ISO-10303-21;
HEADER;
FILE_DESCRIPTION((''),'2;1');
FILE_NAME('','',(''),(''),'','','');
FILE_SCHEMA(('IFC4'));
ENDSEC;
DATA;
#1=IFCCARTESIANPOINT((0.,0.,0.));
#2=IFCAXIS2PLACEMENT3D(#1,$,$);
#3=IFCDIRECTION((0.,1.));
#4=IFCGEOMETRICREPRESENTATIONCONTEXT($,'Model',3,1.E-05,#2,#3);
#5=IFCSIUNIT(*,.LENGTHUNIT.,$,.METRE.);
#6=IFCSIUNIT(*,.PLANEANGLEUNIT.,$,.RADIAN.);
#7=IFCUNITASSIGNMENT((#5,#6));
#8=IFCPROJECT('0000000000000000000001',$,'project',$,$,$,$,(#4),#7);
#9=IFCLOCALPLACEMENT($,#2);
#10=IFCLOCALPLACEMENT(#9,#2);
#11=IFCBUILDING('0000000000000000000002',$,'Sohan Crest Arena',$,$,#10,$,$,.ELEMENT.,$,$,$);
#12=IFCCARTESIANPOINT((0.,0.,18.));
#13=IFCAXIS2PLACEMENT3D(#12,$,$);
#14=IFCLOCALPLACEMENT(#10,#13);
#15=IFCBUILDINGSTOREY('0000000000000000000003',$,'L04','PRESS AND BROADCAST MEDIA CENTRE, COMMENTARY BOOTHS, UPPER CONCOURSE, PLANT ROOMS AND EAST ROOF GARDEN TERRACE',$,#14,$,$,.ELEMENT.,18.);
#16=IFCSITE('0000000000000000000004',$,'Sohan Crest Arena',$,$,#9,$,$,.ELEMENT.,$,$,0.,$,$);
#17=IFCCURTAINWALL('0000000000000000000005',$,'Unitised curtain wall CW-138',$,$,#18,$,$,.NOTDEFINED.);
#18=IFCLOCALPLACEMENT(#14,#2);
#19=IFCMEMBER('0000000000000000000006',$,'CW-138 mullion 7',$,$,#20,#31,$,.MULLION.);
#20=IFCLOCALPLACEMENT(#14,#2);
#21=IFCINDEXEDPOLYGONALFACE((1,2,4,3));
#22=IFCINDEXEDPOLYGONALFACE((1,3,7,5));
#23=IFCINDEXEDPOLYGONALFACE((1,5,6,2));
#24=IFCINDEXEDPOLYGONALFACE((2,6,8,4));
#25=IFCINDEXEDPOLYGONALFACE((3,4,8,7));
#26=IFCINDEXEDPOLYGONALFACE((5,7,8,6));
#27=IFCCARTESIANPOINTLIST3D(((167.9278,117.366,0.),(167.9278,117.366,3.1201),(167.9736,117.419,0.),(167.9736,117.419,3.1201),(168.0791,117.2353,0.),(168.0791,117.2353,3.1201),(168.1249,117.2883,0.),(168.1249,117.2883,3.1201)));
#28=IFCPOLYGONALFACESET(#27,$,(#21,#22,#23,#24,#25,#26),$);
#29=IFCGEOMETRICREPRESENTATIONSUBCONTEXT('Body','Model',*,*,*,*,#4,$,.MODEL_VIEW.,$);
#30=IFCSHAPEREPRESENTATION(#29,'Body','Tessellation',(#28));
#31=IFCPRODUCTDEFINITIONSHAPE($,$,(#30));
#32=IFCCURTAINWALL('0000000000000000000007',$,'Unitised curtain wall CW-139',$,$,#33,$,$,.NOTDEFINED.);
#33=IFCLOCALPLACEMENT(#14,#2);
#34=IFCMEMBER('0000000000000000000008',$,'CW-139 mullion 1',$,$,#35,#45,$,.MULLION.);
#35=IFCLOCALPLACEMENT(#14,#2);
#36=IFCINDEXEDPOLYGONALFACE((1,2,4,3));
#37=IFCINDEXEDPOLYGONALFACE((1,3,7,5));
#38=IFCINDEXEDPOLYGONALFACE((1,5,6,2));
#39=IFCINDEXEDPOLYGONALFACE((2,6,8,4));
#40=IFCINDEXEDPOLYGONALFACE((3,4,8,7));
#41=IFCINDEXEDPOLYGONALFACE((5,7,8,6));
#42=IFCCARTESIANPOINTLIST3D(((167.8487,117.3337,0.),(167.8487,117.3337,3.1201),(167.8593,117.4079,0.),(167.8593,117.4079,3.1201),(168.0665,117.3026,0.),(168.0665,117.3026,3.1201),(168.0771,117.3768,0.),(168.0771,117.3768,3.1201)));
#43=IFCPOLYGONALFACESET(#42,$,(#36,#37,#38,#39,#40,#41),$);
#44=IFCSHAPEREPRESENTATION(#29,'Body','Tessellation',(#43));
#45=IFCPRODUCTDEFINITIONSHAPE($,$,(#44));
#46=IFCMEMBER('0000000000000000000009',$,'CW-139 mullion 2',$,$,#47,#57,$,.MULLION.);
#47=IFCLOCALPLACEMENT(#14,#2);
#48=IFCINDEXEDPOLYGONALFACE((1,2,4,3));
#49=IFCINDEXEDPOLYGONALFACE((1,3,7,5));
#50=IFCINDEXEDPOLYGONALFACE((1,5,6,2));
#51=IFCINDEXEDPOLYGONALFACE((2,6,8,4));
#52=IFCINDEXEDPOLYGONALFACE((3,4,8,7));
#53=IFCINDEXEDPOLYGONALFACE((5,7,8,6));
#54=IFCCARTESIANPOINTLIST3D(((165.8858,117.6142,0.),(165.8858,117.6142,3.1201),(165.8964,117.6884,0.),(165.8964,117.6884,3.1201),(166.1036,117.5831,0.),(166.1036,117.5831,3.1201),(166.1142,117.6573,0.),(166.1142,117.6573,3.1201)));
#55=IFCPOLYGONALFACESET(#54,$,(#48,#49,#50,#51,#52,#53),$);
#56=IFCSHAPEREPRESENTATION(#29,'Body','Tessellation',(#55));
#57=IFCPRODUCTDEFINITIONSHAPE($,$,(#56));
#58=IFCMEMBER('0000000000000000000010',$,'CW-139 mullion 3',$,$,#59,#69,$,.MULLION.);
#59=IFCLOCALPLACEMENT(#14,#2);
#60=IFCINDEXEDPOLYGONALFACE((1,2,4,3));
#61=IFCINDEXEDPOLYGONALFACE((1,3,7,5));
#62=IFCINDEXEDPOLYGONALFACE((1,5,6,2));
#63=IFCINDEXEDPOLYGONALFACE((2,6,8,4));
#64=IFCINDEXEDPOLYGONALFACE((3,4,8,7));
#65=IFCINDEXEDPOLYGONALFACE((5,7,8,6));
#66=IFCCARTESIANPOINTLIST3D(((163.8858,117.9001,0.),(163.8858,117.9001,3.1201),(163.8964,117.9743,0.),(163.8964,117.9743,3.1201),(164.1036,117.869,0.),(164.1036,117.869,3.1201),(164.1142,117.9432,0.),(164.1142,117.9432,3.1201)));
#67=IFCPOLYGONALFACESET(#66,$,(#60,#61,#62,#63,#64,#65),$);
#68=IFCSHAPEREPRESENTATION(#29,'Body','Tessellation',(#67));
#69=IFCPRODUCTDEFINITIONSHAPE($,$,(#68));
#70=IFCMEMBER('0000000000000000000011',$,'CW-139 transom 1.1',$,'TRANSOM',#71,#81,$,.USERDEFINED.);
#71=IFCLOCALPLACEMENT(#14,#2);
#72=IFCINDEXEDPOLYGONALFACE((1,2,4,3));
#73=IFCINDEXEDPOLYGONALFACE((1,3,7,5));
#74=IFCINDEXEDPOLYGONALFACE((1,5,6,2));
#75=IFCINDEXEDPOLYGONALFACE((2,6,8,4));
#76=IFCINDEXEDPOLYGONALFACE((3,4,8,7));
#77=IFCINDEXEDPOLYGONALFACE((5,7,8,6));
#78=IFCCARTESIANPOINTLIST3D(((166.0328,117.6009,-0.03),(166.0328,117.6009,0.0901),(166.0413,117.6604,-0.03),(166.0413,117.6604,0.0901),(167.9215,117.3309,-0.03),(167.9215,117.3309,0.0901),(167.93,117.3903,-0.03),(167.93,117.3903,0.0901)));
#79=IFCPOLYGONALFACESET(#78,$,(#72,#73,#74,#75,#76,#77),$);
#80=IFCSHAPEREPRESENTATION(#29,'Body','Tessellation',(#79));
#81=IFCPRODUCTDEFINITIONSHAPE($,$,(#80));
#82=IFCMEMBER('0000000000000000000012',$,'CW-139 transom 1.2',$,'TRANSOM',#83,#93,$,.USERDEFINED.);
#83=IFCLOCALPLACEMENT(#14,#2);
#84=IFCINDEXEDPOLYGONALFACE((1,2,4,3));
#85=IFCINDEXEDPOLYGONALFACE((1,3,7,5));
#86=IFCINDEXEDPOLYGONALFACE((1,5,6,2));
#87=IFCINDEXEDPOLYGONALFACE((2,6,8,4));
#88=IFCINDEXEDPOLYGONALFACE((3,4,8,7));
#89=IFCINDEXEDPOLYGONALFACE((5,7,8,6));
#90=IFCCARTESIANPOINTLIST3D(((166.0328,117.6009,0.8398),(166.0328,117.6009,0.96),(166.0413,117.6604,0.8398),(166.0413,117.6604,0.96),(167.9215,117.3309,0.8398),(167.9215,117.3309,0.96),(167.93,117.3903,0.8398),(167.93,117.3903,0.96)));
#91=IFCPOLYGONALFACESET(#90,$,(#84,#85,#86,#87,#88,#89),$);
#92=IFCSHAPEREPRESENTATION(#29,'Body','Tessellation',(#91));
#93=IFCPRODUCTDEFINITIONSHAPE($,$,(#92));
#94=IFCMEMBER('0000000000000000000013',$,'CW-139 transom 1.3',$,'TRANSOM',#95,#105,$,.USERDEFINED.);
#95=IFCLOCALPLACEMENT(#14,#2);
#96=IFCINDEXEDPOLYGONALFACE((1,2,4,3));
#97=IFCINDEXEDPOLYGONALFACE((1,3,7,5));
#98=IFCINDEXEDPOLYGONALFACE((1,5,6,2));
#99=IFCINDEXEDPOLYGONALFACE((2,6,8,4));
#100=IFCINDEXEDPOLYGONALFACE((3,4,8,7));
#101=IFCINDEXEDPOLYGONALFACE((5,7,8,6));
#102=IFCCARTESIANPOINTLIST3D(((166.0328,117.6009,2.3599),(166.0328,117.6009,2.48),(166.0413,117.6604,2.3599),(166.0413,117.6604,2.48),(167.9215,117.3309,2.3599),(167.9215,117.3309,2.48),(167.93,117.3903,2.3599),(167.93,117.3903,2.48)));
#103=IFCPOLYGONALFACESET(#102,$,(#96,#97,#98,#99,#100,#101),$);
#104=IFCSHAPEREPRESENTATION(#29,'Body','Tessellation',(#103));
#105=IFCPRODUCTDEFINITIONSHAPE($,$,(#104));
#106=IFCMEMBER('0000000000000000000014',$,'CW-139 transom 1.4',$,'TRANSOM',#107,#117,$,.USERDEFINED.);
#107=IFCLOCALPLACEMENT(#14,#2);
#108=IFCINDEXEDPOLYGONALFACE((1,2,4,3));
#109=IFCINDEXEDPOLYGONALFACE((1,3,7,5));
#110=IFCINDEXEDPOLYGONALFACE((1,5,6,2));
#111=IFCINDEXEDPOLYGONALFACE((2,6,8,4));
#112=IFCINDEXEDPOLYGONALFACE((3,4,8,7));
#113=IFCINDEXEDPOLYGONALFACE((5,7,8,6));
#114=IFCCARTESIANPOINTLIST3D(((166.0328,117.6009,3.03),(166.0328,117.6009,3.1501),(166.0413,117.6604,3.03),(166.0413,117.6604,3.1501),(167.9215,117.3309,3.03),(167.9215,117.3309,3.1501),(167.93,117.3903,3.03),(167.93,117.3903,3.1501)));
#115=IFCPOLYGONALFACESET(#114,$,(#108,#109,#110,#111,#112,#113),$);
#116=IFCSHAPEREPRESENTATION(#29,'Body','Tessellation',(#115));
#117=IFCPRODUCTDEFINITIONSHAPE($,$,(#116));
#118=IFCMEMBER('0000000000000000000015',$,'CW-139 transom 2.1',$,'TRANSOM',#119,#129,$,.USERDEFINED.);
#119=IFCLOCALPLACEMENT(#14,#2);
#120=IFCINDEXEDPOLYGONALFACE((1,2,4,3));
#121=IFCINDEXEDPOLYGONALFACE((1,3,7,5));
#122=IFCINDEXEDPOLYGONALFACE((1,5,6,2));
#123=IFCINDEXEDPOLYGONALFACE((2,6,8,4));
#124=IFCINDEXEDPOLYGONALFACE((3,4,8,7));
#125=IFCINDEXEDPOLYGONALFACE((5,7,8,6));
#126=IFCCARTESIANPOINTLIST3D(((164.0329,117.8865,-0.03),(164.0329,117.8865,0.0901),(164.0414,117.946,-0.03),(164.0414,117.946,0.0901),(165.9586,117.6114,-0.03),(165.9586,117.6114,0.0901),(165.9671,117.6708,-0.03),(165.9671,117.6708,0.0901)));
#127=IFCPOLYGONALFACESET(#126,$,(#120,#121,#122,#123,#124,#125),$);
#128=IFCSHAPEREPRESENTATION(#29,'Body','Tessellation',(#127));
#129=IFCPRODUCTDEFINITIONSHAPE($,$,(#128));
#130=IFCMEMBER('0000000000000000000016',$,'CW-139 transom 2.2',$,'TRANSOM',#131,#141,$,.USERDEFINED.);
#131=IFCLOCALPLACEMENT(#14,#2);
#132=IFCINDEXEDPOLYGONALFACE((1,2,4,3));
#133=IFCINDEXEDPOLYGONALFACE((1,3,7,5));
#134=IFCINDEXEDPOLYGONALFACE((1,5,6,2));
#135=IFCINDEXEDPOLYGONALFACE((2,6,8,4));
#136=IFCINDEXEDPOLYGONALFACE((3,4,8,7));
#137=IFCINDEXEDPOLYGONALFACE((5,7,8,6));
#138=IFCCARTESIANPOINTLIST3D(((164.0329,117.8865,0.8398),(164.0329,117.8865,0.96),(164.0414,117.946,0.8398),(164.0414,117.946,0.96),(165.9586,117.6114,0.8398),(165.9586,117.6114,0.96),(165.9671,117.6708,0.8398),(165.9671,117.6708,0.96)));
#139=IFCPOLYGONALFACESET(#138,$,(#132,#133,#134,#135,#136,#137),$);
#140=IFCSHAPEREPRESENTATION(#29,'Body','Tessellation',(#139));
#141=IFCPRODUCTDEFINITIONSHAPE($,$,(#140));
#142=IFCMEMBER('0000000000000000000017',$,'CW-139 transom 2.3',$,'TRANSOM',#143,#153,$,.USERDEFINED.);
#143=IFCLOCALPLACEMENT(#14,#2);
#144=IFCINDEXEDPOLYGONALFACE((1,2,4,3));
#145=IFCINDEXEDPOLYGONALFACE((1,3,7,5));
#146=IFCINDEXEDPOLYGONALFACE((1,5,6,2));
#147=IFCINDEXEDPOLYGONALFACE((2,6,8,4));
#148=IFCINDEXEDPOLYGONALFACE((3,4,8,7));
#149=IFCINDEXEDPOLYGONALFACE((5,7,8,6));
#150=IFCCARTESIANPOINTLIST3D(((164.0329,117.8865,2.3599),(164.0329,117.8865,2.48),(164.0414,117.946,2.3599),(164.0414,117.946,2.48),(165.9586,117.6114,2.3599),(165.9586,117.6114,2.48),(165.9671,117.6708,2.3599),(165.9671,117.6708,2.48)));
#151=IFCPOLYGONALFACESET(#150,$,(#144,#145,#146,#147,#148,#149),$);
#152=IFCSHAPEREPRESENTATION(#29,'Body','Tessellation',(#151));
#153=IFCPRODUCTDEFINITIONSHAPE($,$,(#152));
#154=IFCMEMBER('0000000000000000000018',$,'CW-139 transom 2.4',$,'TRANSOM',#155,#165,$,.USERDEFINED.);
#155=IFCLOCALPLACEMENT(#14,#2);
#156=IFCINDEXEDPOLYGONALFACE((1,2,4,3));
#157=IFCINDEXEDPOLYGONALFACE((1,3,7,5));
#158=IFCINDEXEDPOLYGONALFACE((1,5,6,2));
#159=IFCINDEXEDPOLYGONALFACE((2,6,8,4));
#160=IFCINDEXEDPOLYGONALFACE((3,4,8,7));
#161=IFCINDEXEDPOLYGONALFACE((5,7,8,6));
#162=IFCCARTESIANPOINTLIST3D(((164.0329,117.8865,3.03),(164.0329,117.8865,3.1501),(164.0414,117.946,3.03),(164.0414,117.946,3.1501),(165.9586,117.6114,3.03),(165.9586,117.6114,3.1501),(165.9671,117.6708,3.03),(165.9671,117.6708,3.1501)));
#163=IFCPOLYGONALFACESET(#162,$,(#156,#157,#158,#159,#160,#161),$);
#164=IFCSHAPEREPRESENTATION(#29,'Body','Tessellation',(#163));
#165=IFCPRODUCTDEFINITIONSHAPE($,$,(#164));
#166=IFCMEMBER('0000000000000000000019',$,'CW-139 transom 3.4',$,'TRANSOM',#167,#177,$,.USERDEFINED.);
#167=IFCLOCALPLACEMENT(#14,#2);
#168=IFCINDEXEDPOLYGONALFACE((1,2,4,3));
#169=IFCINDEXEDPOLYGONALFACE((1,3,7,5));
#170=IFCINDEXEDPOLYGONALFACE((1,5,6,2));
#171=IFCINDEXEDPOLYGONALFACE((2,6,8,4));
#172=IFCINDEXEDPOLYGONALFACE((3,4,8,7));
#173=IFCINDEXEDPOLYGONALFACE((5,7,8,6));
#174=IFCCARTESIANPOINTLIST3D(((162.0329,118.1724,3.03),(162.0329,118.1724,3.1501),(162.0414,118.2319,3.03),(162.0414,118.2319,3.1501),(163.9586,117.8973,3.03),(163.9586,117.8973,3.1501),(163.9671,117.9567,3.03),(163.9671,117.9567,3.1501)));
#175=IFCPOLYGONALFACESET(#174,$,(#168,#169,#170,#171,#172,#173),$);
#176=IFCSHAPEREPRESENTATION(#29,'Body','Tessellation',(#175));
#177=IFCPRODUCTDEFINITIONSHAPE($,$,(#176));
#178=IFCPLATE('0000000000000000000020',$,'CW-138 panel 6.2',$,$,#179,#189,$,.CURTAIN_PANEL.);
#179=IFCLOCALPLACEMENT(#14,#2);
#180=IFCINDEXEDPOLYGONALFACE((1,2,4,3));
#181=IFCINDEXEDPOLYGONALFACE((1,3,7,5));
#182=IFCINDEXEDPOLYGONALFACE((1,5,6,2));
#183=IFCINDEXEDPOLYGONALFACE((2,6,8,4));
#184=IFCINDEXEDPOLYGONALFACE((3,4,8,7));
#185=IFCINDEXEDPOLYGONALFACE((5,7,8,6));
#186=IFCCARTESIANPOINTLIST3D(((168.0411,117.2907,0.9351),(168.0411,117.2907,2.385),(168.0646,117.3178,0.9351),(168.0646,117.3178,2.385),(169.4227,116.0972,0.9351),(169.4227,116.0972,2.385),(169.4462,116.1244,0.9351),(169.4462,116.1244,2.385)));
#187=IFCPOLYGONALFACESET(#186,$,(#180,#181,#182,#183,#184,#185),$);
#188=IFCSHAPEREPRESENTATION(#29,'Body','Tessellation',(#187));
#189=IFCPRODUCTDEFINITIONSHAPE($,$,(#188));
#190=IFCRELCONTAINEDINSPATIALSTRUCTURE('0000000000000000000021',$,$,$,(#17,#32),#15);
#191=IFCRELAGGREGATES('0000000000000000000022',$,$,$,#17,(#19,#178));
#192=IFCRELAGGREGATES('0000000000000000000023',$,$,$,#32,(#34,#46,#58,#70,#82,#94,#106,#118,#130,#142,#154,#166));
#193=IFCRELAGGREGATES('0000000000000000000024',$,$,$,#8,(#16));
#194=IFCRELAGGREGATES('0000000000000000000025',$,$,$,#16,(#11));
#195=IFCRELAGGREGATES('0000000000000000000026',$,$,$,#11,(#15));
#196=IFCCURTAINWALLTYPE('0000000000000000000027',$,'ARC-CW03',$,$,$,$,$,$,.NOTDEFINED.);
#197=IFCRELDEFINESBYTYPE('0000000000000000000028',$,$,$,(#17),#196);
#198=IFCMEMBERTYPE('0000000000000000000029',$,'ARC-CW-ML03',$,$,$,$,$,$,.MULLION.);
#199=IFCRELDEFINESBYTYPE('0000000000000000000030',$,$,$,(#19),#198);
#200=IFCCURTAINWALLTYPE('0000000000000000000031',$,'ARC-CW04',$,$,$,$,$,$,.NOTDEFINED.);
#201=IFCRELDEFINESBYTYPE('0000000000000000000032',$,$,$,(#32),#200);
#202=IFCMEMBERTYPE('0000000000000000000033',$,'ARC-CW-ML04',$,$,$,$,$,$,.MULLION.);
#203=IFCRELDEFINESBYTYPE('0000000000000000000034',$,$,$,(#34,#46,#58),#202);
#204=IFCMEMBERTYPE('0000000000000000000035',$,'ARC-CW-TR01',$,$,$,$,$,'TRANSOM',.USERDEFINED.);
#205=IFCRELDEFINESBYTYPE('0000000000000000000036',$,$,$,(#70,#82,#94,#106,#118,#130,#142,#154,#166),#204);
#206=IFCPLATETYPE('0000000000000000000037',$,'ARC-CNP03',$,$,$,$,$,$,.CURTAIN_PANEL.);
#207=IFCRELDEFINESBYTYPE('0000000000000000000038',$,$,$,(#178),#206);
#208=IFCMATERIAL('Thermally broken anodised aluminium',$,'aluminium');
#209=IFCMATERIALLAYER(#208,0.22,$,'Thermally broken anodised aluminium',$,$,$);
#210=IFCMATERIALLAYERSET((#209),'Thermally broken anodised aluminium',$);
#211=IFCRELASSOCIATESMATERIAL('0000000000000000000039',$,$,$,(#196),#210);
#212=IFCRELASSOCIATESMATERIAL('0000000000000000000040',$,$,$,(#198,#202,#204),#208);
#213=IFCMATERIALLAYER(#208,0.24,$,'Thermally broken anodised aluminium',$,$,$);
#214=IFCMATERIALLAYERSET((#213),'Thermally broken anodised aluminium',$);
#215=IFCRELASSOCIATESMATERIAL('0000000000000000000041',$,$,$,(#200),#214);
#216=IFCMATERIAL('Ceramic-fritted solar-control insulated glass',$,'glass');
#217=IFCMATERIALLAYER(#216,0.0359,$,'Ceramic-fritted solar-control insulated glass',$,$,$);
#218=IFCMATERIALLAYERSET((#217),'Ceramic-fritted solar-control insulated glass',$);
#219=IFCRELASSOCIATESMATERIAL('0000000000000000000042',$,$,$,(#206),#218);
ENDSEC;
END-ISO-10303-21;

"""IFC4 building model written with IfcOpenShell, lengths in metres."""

from ifc_helpers import new_model, si_unit, direction, frame, origin, origin_2d, place, context, subcontext, project, spatial, rectangle, extrude, material, layer, layer_set, material_profile, profile_set, type_object, element, aggregate, save


model = new_model("IFC4")

# Units and contexts
model_context = context("Model", 3, precision=1e-05, world=origin(), true_north=direction((0.0, 1.0)))
body_context = subcontext(model_context, "Body", "Model", "MODEL_VIEW")
ifc_project = project(units=[si_unit("LENGTHUNIT", "METRE"), si_unit("PLANEANGLEUNIT", "RADIAN")], contexts=[model_context])

# Site, building, storey
site_placement = place(None, origin())
site = spatial("IfcSite", under=ifc_project, at=site_placement, Name="Sohan Crest Arena", CompositionType="ELEMENT", RefElevation=0.0)
building_placement = place(site_placement, origin())
building = spatial("IfcBuilding", under=site, at=building_placement, Name="Sohan Crest Arena", CompositionType="ELEMENT")
storey_placement = place(building_placement, frame((0.0, 0.0, 18.0)))
storey = spatial("IfcBuildingStorey", under=building, at=storey_placement, Name="L04", Description="PRESS AND BROADCAST MEDIA CENTRE, COMMENTARY BOOTHS, UPPER CONCOURSE, PLANT ROOMS AND EAST ROOF GARDEN TERRACE", CompositionType="ELEMENT", Elevation=18.0)

# Curtain wall, member
ifc_material_1 = material(Name="Thermally broken anodised aluminium", Category="aluminium")
ifc_layer_1 = layer(ifc_material_1, 0.22, Name="Thermally broken anodised aluminium")
ifc_layer_set_1 = layer_set([ifc_layer_1], Name="Thermally broken anodised aluminium")
curtain_wall_type_1 = type_object("IfcCurtainWallType", Name="ARC-CW03", PredefinedType="NOTDEFINED", material=ifc_layer_set_1)
curtain_wall_1_placement = place(storey_placement, origin())
curtain_wall_1 = element("IfcCurtainWall", 1, at=curtain_wall_1_placement, inside=storey, type_object=curtain_wall_type_1, Name="Unitised curtain wall CW-138", PredefinedType="NOTDEFINED")
ifc_material_profile_1 = material_profile(ifc_material_1, rectangle(XDim=0.0701, YDim=0.2, at=origin_2d()), Name="ALU-MULL 70x200")
ifc_profile_set_1 = profile_set([ifc_material_profile_1], Name="Thermally broken anodised aluminium")
member_type_1 = type_object("IfcMemberType", Name="ARC-CW-ML03", PredefinedType="MULLION", material=ifc_profile_set_1)
member_1_placement = place(storey_placement, frame((168.0264, 117.3271, 0.0), z_axis=(0.0, 0.0, 1.0), x_axis=(-0.653687, -0.756765, 0.0)))
member_1 = element("IfcMember", 2, at=member_1_placement, type_object=member_type_1, Name="CW-138 mullion 7", PredefinedType="MULLION", context=body_context, shape_type="SweptSolid", body=[
    extrude(rectangle(XDim=0.0701, YDim=0.2, at=origin_2d()), origin(), (0.0, 0.0, 1.0), 3.1201),
])

# Curtain wall, members
ifc_layer_2 = layer(ifc_material_1, 0.24, Name="Thermally broken anodised aluminium")
ifc_layer_set_2 = layer_set([ifc_layer_2], Name="Thermally broken anodised aluminium")
curtain_wall_type_2 = type_object("IfcCurtainWallType", Name="ARC-CW04", PredefinedType="NOTDEFINED", material=ifc_layer_set_2)
curtain_wall_2_placement = place(storey_placement, origin())
curtain_wall_2 = element("IfcCurtainWall", 3, at=curtain_wall_2_placement, inside=storey, type_object=curtain_wall_type_2, Name="Unitised curtain wall CW-139", PredefinedType="NOTDEFINED")
ifc_material_profile_2 = material_profile(ifc_material_1, rectangle(XDim=0.075, YDim=0.22, at=origin_2d()), Name="ALU-MULL 75x220")
ifc_profile_set_2 = profile_set([ifc_material_profile_2], Name="Thermally broken anodised aluminium")
member_type_2 = type_object("IfcMemberType", Name="ARC-CW-ML04", PredefinedType="MULLION", material=ifc_profile_set_2)
member_2_placement = place(storey_placement, frame((167.9629, 117.3552, 0.0), z_axis=(0.0, 0.0, 1.0), x_axis=(-0.141463, -0.989944, 0.0)))
member_2 = element("IfcMember", 4, at=member_2_placement, type_object=member_type_2, Name="CW-139 mullion 1", PredefinedType="MULLION", context=body_context, shape_type="SweptSolid", body=[
    extrude(rectangle(XDim=0.075, YDim=0.22, at=origin_2d()), origin(), (0.0, 0.0, 1.0), 3.1201),
])
member_3_placement = place(storey_placement, frame((166.0, 117.6357, 0.0), z_axis=(0.0, 0.0, 1.0), x_axis=(-0.141463, -0.989944, 0.0)))
member_3 = element("IfcMember", 5, at=member_3_placement, type_object=member_type_2, Name="CW-139 mullion 2", PredefinedType="MULLION", context=body_context, shape_type="SweptSolid", body=[
    extrude(rectangle(XDim=0.075, YDim=0.22, at=origin_2d()), origin(), (0.0, 0.0, 1.0), 3.1201),
])
member_4_placement = place(storey_placement, frame((164.0, 117.9216, 0.0), z_axis=(0.0, 0.0, 1.0), x_axis=(-0.141463, -0.989944, 0.0)))
member_4 = element("IfcMember", 6, at=member_4_placement, type_object=member_type_2, Name="CW-139 mullion 3", PredefinedType="MULLION", context=body_context, shape_type="SweptSolid", body=[
    extrude(rectangle(XDim=0.075, YDim=0.22, at=origin_2d()), origin(), (0.0, 0.0, 1.0), 3.1201),
])
ifc_material_profile_3 = material_profile(ifc_material_1, rectangle(XDim=0.0601, YDim=0.1201, at=origin_2d()), Name="ALU-TRAN 60x120")
ifc_profile_set_3 = profile_set([ifc_material_profile_3], Name="Thermally broken anodised aluminium")
member_type_3 = type_object("IfcMemberType", Name="ARC-CW-TR01", ElementType="TRANSOM", PredefinedType="USERDEFINED", material=ifc_profile_set_3)
member_5_placement = place(storey_placement, frame((167.9258, 117.3606, 0.03), z_axis=(-0.989934, 0.141529, 0.0), x_axis=(-0.141529, -0.989934, 0.0)))
member_5 = element("IfcMember", 7, at=member_5_placement, type_object=member_type_3, Name="CW-139 transom 1.1", ObjectType="TRANSOM", PredefinedType="USERDEFINED", context=body_context, shape_type="SweptSolid", body=[
    extrude(rectangle(XDim=0.0601, YDim=0.1201, at=origin_2d()), origin(), (0.0, 0.0, 1.0), 1.908),
])
member_6_placement = place(storey_placement, frame((167.9258, 117.3606, 0.8999), z_axis=(-0.989934, 0.141529, 0.0), x_axis=(-0.141529, -0.989934, 0.0)))
member_6 = element("IfcMember", 8, at=member_6_placement, type_object=member_type_3, Name="CW-139 transom 1.2", ObjectType="TRANSOM", PredefinedType="USERDEFINED", context=body_context, shape_type="SweptSolid", body=[
    extrude(rectangle(XDim=0.0601, YDim=0.1201, at=origin_2d()), origin(), (0.0, 0.0, 1.0), 1.908),
])
member_7_placement = place(storey_placement, frame((167.9258, 117.3606, 2.4199), z_axis=(-0.989934, 0.141529, 0.0), x_axis=(-0.141529, -0.989934, 0.0)))
member_7 = element("IfcMember", 9, at=member_7_placement, type_object=member_type_3, Name="CW-139 transom 1.3", ObjectType="TRANSOM", PredefinedType="USERDEFINED", context=body_context, shape_type="SweptSolid", body=[
    extrude(rectangle(XDim=0.0601, YDim=0.1201, at=origin_2d()), origin(), (0.0, 0.0, 1.0), 1.908),
])
member_8_placement = place(storey_placement, frame((167.9258, 117.3606, 3.0901), z_axis=(-0.989934, 0.141529, 0.0), x_axis=(-0.141529, -0.989934, 0.0)))
member_8 = element("IfcMember", 10, at=member_8_placement, type_object=member_type_3, Name="CW-139 transom 1.4", ObjectType="TRANSOM", PredefinedType="USERDEFINED", context=body_context, shape_type="SweptSolid", body=[
    extrude(rectangle(XDim=0.0601, YDim=0.1201, at=origin_2d()), origin(), (0.0, 0.0, 1.0), 1.908),
])
member_9_placement = place(storey_placement, frame((165.9629, 117.6411, 0.03), z_axis=(-0.989947, 0.141439, 0.0), x_axis=(-0.141439, -0.989947, 0.0)))
member_9 = element("IfcMember", 11, at=member_9_placement, type_object=member_type_3, Name="CW-139 transom 2.1", ObjectType="TRANSOM", PredefinedType="USERDEFINED", context=body_context, shape_type="SweptSolid", body=[
    extrude(rectangle(XDim=0.0601, YDim=0.1201, at=origin_2d()), origin(), (0.0, 0.0, 1.0), 1.9453),
])
member_10_placement = place(storey_placement, frame((165.9629, 117.6411, 0.8999), z_axis=(-0.989947, 0.141439, 0.0), x_axis=(-0.141439, -0.989947, 0.0)))
member_10 = element("IfcMember", 12, at=member_10_placement, type_object=member_type_3, Name="CW-139 transom 2.2", ObjectType="TRANSOM", PredefinedType="USERDEFINED", context=body_context, shape_type="SweptSolid", body=[
    extrude(rectangle(XDim=0.0601, YDim=0.1201, at=origin_2d()), origin(), (0.0, 0.0, 1.0), 1.9453),
])
member_11_placement = place(storey_placement, frame((165.9629, 117.6411, 2.4199), z_axis=(-0.989947, 0.141439, 0.0), x_axis=(-0.141439, -0.989947, 0.0)))
member_11 = element("IfcMember", 13, at=member_11_placement, type_object=member_type_3, Name="CW-139 transom 2.3", ObjectType="TRANSOM", PredefinedType="USERDEFINED", context=body_context, shape_type="SweptSolid", body=[
    extrude(rectangle(XDim=0.0601, YDim=0.1201, at=origin_2d()), origin(), (0.0, 0.0, 1.0), 1.9453),
])
member_12_placement = place(storey_placement, frame((165.9629, 117.6411, 3.0901), z_axis=(-0.989947, 0.141439, 0.0), x_axis=(-0.141439, -0.989947, 0.0)))
member_12 = element("IfcMember", 14, at=member_12_placement, type_object=member_type_3, Name="CW-139 transom 2.4", ObjectType="TRANSOM", PredefinedType="USERDEFINED", context=body_context, shape_type="SweptSolid", body=[
    extrude(rectangle(XDim=0.0601, YDim=0.1201, at=origin_2d()), origin(), (0.0, 0.0, 1.0), 1.9453),
])
member_13_placement = place(storey_placement, frame((163.9629, 117.927, 3.0901), z_axis=(-0.989947, 0.141439, 0.0), x_axis=(-0.141439, -0.989947, 0.0)))
member_13 = element("IfcMember", 15, at=member_13_placement, type_object=member_type_3, Name="CW-139 transom 3.4", ObjectType="TRANSOM", PredefinedType="USERDEFINED", context=body_context, shape_type="SweptSolid", body=[
    extrude(rectangle(XDim=0.0601, YDim=0.1201, at=origin_2d()), origin(), (0.0, 0.0, 1.0), 1.9453),
])

# Plate
ifc_material_2 = material(Name="Ceramic-fritted solar-control insulated glass", Category="glass")
ifc_layer_3 = layer(ifc_material_2, 0.0359, Name="Ceramic-fritted solar-control insulated glass")
ifc_layer_set_3 = layer_set([ifc_layer_3], Name="Ceramic-fritted solar-control insulated glass")
plate_type_1 = type_object("IfcPlateType", Name="ARC-CNP03", PredefinedType="CURTAIN_PANEL", material=ifc_layer_set_3)
plate_1_placement = place(storey_placement, frame((168.7437, 116.7075, 0.9351), z_axis=(0.0, 0.0, 1.0), x_axis=(-0.756765, 0.653687, 0.0)))
plate_1 = element("IfcPlate", 16, at=plate_1_placement, type_object=plate_type_1, Name="CW-138 panel 6.2", PredefinedType="CURTAIN_PANEL", context=body_context, shape_type="SweptSolid", body=[
    extrude(rectangle(XDim=1.8257, YDim=0.0359, at=origin_2d()), origin(), (0.0, 0.0, 1.0), 1.45),
])
aggregate(curtain_wall_1, [member_1, plate_1])
aggregate(curtain_wall_2, [member_2, member_3, member_4, member_5, member_6, member_7, member_8, member_9, member_10, member_11, member_12, member_13])

save(model, "model.ifc")
